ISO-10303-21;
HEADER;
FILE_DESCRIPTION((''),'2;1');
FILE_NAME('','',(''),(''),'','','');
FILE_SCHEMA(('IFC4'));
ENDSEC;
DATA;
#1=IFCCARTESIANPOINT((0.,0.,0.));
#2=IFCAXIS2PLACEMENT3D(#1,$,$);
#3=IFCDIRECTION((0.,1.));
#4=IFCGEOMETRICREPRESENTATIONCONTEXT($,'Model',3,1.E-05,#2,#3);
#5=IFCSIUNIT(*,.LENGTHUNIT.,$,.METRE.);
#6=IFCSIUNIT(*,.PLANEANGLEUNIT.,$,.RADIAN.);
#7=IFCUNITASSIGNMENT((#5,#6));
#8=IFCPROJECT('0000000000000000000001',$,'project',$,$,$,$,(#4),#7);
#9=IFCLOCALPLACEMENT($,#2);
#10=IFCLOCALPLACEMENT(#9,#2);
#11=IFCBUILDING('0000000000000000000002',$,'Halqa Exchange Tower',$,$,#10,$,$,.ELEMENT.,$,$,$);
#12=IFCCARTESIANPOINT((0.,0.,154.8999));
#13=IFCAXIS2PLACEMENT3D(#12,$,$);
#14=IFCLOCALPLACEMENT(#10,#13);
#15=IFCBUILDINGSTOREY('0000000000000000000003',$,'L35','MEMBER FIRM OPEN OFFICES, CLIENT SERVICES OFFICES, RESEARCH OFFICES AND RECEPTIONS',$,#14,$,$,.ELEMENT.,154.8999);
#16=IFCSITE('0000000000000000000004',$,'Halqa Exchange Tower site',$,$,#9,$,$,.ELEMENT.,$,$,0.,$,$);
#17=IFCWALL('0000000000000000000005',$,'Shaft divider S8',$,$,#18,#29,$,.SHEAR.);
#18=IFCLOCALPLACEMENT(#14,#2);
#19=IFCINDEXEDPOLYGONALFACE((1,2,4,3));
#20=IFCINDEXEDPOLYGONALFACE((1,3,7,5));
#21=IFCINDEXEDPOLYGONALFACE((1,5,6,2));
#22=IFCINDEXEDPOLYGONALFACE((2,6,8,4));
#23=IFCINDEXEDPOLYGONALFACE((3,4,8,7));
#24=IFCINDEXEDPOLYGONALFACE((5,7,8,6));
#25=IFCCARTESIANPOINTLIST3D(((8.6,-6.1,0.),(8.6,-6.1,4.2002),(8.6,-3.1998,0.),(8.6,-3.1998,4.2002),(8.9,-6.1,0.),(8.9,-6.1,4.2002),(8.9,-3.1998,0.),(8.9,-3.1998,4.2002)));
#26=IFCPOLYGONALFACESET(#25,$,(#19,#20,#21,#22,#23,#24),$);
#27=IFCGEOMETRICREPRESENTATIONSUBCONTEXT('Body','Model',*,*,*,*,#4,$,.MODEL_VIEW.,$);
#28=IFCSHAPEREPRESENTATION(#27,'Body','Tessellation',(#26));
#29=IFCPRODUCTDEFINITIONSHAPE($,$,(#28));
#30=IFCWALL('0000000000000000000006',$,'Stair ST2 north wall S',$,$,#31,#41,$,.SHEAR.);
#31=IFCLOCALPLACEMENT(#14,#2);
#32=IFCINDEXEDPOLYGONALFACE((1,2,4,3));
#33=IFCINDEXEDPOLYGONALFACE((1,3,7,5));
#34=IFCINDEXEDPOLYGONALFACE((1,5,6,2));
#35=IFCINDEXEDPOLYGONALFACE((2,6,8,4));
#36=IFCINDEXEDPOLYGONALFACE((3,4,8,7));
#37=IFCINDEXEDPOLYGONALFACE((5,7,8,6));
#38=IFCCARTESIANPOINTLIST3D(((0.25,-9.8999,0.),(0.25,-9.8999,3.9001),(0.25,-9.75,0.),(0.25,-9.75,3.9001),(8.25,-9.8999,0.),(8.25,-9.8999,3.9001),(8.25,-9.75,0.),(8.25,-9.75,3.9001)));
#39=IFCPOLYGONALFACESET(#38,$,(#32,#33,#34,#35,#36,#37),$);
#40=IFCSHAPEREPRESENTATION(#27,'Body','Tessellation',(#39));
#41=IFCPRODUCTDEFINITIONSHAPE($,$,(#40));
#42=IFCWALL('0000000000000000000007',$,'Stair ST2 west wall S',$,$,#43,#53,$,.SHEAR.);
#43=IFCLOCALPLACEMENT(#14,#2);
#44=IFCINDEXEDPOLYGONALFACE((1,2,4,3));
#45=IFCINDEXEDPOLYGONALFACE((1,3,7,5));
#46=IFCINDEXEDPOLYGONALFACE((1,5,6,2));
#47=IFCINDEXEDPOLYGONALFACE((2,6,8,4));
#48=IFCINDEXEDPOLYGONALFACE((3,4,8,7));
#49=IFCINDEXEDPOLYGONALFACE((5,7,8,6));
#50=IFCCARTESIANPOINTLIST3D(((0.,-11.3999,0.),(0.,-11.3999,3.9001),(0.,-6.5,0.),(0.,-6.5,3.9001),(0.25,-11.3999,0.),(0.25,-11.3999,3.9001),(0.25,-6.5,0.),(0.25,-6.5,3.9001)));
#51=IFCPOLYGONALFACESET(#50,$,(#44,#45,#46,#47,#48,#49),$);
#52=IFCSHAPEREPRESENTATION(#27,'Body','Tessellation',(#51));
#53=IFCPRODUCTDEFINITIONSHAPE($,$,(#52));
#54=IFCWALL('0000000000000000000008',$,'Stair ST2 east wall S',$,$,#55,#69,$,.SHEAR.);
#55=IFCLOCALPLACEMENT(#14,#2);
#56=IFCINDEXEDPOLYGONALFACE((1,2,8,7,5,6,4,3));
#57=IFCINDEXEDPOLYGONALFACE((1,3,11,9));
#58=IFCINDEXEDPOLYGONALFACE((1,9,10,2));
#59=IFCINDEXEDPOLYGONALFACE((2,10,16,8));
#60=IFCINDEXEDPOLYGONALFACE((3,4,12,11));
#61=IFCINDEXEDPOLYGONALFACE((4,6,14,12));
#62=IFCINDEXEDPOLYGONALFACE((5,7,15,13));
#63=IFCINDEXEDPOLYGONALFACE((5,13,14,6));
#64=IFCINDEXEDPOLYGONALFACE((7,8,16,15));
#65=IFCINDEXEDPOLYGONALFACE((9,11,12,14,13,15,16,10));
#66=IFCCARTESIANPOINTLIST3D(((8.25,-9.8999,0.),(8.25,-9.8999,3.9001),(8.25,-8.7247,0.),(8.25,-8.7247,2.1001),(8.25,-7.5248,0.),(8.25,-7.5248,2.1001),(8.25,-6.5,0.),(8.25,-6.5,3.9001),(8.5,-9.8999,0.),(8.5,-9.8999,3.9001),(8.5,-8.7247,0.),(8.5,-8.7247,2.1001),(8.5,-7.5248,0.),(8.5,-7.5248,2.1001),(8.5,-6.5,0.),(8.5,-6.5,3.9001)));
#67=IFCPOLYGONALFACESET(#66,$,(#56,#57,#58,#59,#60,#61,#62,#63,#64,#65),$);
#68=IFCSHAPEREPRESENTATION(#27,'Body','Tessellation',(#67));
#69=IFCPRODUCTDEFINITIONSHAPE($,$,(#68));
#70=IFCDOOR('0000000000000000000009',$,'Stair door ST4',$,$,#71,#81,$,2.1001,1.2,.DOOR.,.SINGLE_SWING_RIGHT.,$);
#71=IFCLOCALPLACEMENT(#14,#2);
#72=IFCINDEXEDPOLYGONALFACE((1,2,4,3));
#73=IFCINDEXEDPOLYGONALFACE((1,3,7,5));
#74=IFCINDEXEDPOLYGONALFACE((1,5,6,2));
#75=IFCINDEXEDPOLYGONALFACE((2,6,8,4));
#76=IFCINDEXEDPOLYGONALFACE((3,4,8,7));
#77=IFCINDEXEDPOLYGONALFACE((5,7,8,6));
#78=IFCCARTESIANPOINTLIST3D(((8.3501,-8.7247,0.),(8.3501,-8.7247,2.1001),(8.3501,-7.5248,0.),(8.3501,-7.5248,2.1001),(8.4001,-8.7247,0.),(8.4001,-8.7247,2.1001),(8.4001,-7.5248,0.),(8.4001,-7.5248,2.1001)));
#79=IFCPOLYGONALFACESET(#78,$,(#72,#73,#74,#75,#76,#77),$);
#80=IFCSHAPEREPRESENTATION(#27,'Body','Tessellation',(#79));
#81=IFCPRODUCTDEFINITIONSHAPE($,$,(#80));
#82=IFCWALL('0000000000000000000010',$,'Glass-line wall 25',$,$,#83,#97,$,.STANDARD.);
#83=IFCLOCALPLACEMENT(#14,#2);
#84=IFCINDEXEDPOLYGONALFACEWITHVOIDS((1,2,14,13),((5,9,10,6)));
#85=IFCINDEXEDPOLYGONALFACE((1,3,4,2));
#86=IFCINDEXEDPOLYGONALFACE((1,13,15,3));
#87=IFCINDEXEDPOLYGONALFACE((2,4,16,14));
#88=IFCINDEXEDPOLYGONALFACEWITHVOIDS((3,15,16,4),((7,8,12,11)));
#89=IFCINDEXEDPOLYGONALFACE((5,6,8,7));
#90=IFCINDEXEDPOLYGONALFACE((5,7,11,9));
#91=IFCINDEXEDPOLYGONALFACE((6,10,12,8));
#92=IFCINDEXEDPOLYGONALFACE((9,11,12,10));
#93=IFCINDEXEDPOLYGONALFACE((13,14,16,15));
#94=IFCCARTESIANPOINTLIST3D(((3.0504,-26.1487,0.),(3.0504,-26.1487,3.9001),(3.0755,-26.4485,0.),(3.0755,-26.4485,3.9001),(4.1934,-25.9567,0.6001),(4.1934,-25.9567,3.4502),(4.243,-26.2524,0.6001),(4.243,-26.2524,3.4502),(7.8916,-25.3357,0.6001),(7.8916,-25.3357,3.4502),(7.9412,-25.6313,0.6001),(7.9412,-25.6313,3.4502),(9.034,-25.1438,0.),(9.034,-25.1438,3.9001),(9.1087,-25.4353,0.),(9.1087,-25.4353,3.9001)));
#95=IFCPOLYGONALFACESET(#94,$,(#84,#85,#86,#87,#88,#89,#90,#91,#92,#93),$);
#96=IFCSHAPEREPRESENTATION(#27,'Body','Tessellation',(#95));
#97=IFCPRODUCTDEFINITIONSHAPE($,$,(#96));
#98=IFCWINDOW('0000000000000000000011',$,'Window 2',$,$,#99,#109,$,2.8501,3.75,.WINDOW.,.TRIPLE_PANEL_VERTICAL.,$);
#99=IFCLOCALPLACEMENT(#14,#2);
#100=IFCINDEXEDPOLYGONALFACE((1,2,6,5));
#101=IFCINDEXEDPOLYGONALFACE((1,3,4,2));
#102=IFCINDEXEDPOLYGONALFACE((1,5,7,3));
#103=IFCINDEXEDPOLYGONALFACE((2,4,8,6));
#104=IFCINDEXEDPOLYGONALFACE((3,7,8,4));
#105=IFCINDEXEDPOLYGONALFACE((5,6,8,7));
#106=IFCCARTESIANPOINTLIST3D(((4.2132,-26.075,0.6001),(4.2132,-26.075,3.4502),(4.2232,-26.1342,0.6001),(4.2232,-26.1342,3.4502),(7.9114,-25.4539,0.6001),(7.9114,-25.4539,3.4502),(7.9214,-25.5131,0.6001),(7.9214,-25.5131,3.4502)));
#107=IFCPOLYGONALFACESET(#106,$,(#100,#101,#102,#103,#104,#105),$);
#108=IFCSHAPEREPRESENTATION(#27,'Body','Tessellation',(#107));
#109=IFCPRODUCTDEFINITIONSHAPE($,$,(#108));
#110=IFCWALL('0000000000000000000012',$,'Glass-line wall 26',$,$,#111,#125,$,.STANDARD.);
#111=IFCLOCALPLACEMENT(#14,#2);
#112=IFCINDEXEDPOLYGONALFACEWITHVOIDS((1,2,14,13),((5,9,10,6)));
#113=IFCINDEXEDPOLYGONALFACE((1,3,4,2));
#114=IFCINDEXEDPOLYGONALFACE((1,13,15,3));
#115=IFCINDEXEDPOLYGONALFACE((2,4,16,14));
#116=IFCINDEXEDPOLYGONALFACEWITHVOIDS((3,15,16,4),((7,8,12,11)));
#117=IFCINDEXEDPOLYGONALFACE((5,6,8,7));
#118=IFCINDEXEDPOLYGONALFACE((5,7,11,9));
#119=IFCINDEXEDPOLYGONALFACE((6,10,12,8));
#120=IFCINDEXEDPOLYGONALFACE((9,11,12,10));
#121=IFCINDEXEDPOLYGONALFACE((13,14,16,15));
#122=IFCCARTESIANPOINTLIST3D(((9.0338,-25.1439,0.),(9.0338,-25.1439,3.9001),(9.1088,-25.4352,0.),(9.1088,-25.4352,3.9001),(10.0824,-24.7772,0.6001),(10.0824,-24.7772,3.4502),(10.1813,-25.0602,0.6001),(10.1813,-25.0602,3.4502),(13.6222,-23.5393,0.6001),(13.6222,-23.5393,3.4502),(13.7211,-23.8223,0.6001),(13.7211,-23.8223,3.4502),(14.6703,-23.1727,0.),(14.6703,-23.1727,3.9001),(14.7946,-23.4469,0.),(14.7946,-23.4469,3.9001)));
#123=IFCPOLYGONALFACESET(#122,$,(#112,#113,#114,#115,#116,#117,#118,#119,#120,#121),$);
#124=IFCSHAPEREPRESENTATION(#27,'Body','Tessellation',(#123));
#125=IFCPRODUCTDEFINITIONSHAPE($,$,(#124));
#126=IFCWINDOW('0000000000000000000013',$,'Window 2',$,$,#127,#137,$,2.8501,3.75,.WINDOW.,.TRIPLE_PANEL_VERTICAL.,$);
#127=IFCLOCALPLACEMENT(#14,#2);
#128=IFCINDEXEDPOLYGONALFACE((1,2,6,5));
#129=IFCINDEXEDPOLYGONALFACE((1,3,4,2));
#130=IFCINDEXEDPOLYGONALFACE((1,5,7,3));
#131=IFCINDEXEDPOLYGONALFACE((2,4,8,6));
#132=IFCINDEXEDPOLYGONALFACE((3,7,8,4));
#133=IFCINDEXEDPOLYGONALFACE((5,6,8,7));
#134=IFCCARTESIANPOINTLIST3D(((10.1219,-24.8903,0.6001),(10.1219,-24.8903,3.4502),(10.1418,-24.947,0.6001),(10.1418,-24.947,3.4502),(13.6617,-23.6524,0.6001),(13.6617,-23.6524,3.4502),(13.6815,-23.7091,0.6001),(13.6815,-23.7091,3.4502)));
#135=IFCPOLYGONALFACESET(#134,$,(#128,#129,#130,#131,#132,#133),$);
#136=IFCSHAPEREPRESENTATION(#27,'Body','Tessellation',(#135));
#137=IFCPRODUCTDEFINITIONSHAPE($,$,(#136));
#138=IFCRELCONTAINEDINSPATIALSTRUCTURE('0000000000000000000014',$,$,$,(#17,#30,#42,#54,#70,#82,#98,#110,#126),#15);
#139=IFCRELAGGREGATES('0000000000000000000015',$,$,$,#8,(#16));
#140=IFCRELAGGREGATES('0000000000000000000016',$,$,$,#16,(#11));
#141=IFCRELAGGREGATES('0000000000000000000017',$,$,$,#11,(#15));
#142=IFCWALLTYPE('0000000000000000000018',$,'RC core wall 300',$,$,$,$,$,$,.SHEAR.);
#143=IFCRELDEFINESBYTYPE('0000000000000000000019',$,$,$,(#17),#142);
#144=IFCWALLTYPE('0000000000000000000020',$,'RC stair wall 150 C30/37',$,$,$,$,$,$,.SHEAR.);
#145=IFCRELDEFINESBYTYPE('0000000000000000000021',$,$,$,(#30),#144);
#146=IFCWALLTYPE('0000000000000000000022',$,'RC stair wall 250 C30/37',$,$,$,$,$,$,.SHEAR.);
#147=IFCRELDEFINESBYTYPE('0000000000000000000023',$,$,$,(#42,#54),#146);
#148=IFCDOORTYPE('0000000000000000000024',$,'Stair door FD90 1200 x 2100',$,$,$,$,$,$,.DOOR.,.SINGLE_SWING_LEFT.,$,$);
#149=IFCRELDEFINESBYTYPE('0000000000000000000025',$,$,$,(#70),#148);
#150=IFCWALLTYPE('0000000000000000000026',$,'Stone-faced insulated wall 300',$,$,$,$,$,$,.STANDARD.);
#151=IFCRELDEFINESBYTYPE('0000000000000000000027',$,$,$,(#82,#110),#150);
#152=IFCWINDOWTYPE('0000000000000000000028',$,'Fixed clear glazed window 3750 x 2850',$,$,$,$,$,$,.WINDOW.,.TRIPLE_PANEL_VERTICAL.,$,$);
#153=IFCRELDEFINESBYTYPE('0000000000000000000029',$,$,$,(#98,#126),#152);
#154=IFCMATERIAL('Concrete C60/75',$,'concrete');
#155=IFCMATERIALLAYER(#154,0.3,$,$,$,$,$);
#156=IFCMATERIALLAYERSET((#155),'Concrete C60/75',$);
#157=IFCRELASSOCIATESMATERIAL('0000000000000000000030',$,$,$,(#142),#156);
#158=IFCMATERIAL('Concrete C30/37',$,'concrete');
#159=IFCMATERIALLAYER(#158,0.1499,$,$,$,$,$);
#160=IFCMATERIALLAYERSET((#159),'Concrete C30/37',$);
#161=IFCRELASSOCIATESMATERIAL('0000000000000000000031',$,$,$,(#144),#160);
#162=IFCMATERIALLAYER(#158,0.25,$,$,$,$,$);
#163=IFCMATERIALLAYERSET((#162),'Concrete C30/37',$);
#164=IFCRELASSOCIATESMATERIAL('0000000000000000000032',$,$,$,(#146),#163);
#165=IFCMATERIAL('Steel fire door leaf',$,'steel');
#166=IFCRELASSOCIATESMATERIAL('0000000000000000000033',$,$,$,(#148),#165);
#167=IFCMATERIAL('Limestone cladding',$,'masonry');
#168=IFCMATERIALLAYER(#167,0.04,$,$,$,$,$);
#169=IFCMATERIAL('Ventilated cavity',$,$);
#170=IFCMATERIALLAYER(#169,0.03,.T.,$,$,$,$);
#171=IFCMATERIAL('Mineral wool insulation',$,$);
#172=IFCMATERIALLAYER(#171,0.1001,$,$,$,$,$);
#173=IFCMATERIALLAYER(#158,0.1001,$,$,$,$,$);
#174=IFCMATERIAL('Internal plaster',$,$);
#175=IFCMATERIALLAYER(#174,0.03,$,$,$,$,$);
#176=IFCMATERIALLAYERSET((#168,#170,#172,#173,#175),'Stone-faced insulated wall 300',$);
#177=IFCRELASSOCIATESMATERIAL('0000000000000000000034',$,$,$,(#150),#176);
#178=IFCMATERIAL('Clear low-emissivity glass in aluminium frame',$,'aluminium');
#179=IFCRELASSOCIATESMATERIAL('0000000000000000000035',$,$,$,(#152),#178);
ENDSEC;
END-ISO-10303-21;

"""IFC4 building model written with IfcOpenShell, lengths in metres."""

from ifc_helpers import new_model, si_unit, direction, frame, frame_2d, origin, place, context, subcontext, project, spatial, polyline, rectangle, outline, extrude, material, layer, layer_set, type_object, element, fill, save


model = new_model("IFC4")

# Units and contexts
model_context = context("Model", 3, precision=1e-05, world=origin(), true_north=direction((0.0, 1.0)))
body_context = subcontext(model_context, "Body", "Model", "MODEL_VIEW")
ifc_project = project(units=[si_unit("LENGTHUNIT", "METRE"), si_unit("PLANEANGLEUNIT", "RADIAN")], contexts=[model_context])

# Site, building, storey
site_placement = place(None, origin())
site = spatial("IfcSite", under=ifc_project, at=site_placement, Name="Halqa Exchange Tower site", CompositionType="ELEMENT", RefElevation=0.0)
building_placement = place(site_placement, origin())
building = spatial("IfcBuilding", under=site, at=building_placement, Name="Halqa Exchange Tower", CompositionType="ELEMENT")
storey_placement = place(building_placement, frame((0.0, 0.0, 154.8999)))
storey = spatial("IfcBuildingStorey", under=building, at=storey_placement, Name="L35", Description="MEMBER FIRM OPEN OFFICES, CLIENT SERVICES OFFICES, RESEARCH OFFICES AND RECEPTIONS", CompositionType="ELEMENT", Elevation=154.8999)

# Shared definitions
ifc_material_1 = material(Name="Concrete C60/75", Category="concrete")

# Walls
ifc_layer_1 = layer(ifc_material_1, 0.3)
ifc_layer_set_1 = layer_set([ifc_layer_1], Name="Concrete C60/75")
wall_type_1 = type_object("IfcWallType", Name="RC core wall 300", PredefinedType="SHEAR", material=ifc_layer_set_1)
for number, where, z_axis, x_axis, name in (
    (1, (8.75, -6.1001, 0.0), (0.0, 0.0, 1.0), (0.0, 1.0, 0.0), "Shaft divider S8"),
):
    element("IfcWall", number, at=place(storey_placement, frame(where, z_axis=z_axis, x_axis=x_axis)), inside=storey, type_object=wall_type_1, Name=name, PredefinedType="SHEAR", context=body_context, shape_type="SweptSolid", body=[
        extrude(rectangle(XDim=2.9001, YDim=0.3, at=frame_2d((1.4502, 0.0))), origin(), (0.0, 0.0, 1.0), 4.2002),
    ])
ifc_material_2 = material(Name="Concrete C30/37", Category="concrete")
ifc_layer_2 = layer(ifc_material_2, 0.1499)
ifc_layer_set_2 = layer_set([ifc_layer_2], Name="Concrete C30/37")
wall_type_2 = type_object("IfcWallType", Name="RC stair wall 150 C30/37", PredefinedType="SHEAR", material=ifc_layer_set_2)
wall_1_placement = place(storey_placement, frame((0.25, -9.825, 0.0), z_axis=(0.0, 0.0, 1.0), x_axis=(1.0, 0.0, 0.0)))
element("IfcWall", 2, at=wall_1_placement, inside=storey, type_object=wall_type_2, Name="Stair ST2 north wall S", PredefinedType="SHEAR", context=body_context, shape_type="SweptSolid", body=[
    extrude(rectangle(XDim=8.0, YDim=0.1499, at=frame_2d((4.0, 0.0))), origin(), (0.0, 0.0, 1.0), 3.9001),
])
ifc_layer_3 = layer(ifc_material_2, 0.25)
ifc_layer_set_3 = layer_set([ifc_layer_3], Name="Concrete C30/37")
wall_type_3 = type_object("IfcWallType", Name="RC stair wall 250 C30/37", PredefinedType="SHEAR", material=ifc_layer_set_3)
wall_2_placement = place(storey_placement, frame((0.125, -11.3999, 0.0), z_axis=(0.0, 0.0, 1.0), x_axis=(0.0, 1.0, 0.0)))
element("IfcWall", 3, at=wall_2_placement, inside=storey, type_object=wall_type_3, Name="Stair ST2 west wall S", PredefinedType="SHEAR", context=body_context, shape_type="SweptSolid", body=[
    extrude(rectangle(XDim=4.8999, YDim=0.25, at=frame_2d((2.45, 0.0))), origin(), (0.0, 0.0, 1.0), 3.9001),
])

# Wall, opening, door
wall_3_placement = place(storey_placement, frame((8.375, -9.8999, 0.0), z_axis=(0.0, 0.0, 1.0), x_axis=(0.0, 1.0, 0.0)))
wall_3 = element("IfcWall", 4, at=wall_3_placement, inside=storey, type_object=wall_type_3, Name="Stair ST2 east wall S", PredefinedType="SHEAR", context=body_context, shape_type="SweptSolid", body=[
    extrude(rectangle(XDim=3.3999, YDim=0.25, at=frame_2d((1.7, 0.0))), origin(), (0.0, 0.0, 1.0), 3.9001),
])
opening_1_placement = place(wall_3_placement, frame((1.175, 0.0, 0.0)))
opening_1 = element("IfcOpeningElement", 5, at=opening_1_placement, cuts=wall_3, PredefinedType="OPENING", context=body_context, shape_type="SweptSolid", body=[
    extrude(rectangle(XDim=1.2, YDim=2.1001, at=frame_2d((0.6001, 1.05))), frame((0.0, 0.137, 0.0), z_axis=(0.0, -1.0, 0.0), x_axis=(1.0, 0.0, 0.0)), (0.0, 0.0, 1.0), 0.2739),
])
ifc_material_3 = material(Name="Steel fire door leaf", Category="steel")
door_type = type_object("IfcDoorType", Name="Stair door FD90 1200 x 2100", OperationType="SINGLE_SWING_LEFT", PredefinedType="DOOR", material=ifc_material_3)
door_placement = place(opening_1_placement, origin())
door = element("IfcDoor", 6, at=door_placement, inside=storey, type_object=door_type, Name="Stair door ST4", OperationType="SINGLE_SWING_RIGHT", OverallHeight=2.1001, OverallWidth=1.2, PredefinedType="DOOR", context=body_context, shape_type="SweptSolid", body=[
    extrude(rectangle(XDim=1.2, YDim=2.1001, at=frame_2d((0.6001, 1.05))), frame((0.0, 0.0249, 0.0), z_axis=(0.0, -1.0, 0.0), x_axis=(1.0, 0.0, 0.0)), (0.0, 0.0, 1.0), 0.05),
])
fill(opening_1, door)

# Walls, openings, windows
ifc_material_4 = material(Name="Limestone cladding", Category="masonry")
ifc_layer_4 = layer(ifc_material_4, 0.04)
ifc_material_5 = material(Name="Ventilated cavity")
ifc_layer_5 = layer(ifc_material_5, 0.03, ventilated=True)
ifc_material_6 = material(Name="Mineral wool insulation")
ifc_layer_6 = layer(ifc_material_6, 0.1001)
ifc_layer_7 = layer(ifc_material_2, 0.1001)
ifc_material_7 = material(Name="Internal plaster")
ifc_layer_8 = layer(ifc_material_7, 0.03)
ifc_layer_set_4 = layer_set([ifc_layer_4, ifc_layer_5, ifc_layer_6, ifc_layer_7, ifc_layer_8], Name="Stone-faced insulated wall 300")
wall_type_4 = type_object("IfcWallType", Name="Stone-faced insulated wall 300", PredefinedType="STANDARD", material=ifc_layer_set_4)
wall_4_placement = place(storey_placement, frame((3.063, -26.2986, 0.0), z_axis=(0.0, 0.0, 1.0), x_axis=(0.98619, 0.165621, 0.0)))
wall_4 = element("IfcWall", 7, at=wall_4_placement, inside=storey, type_object=wall_type_4, Name="Glass-line wall 25", PredefinedType="STANDARD", context=body_context, shape_type="SweptSolid", body=[
    extrude(outline(polyline([(-0.0125, -0.1499), (6.1052, -0.1499), (6.0798, 0.1499), (0.0125, 0.1499), (-0.0125, -0.1499)])), origin(), (0.0, 0.0, 1.0), 3.9001),
])
opening_2_placement = place(wall_4_placement, frame((1.1714, 0.0, 0.6001)))
opening_2 = element("IfcOpeningElement", 8, at=opening_2_placement, cuts=wall_4, PredefinedType="OPENING", context=body_context, shape_type="SweptSolid", body=[
    extrude(rectangle(XDim=3.75, YDim=2.8501, at=frame_2d((1.875, 1.425))), frame((0.0, 0.1621, 0.0), z_axis=(0.0, -1.0, 0.0), x_axis=(1.0, 0.0, 0.0)), (0.0, 0.0, 1.0), 0.324),
])
ifc_material_8 = material(Name="Clear low-emissivity glass in aluminium frame", Category="aluminium")
window_type = type_object("IfcWindowType", Name="Fixed clear glazed window 3750 x 2850", PartitioningType="TRIPLE_PANEL_VERTICAL", PredefinedType="WINDOW", material=ifc_material_8)
window_1_placement = place(opening_2_placement, origin())
window_1 = element("IfcWindow", 9, at=window_1_placement, inside=storey, type_object=window_type, Name="Window 2", OverallHeight=2.8501, OverallWidth=3.75, PartitioningType="TRIPLE_PANEL_VERTICAL", PredefinedType="WINDOW", context=body_context, shape_type="SweptSolid", body=[
    extrude(rectangle(XDim=3.75, YDim=2.8501, at=frame_2d((1.875, 1.425))), frame((0.0, 0.03, 0.0), z_axis=(0.0, -1.0, 0.0), x_axis=(1.0, 0.0, 0.0)), (0.0, 0.0, 1.0), 0.0601),
])
fill(opening_2, window_1)
wall_5_placement = place(storey_placement, frame((9.0713, -25.2896, 0.0), z_axis=(0.0, 0.0, 1.0), x_axis=(0.943945, 0.330104, 0.0)))
wall_5 = element("IfcWall", 10, at=wall_5_placement, inside=storey, type_object=wall_type_4, Name="Glass-line wall 26", PredefinedType="STANDARD", context=body_context, shape_type="SweptSolid", body=[
    extrude(outline(polyline([(-0.0127, -0.1499), (6.0107, -0.1499), (5.9839, 0.1499), (0.0127, 0.1499), (-0.0127, -0.1499)])), origin(), (0.0, 0.0, 1.0), 3.9001),
])
opening_3_placement = place(wall_5_placement, frame((1.1235, 0.0, 0.6001)))
opening_3 = element("IfcOpeningElement", 11, at=opening_3_placement, cuts=wall_5, PredefinedType="OPENING", context=body_context, shape_type="SweptSolid", body=[
    extrude(rectangle(XDim=3.75, YDim=2.8501, at=frame_2d((1.875, 1.425))), frame((0.0, 0.1621, 0.0), z_axis=(0.0, -1.0, 0.0), x_axis=(1.0, 0.0, 0.0)), (0.0, 0.0, 1.0), 0.324),
])
window_2_placement = place(opening_3_placement, origin())
window_2 = element("IfcWindow", 12, at=window_2_placement, inside=storey, type_object=window_type, Name="Window 2", OverallHeight=2.8501, OverallWidth=3.75, PartitioningType="TRIPLE_PANEL_VERTICAL", PredefinedType="WINDOW", context=body_context, shape_type="SweptSolid", body=[
    extrude(rectangle(XDim=3.75, YDim=2.8501, at=frame_2d((1.875, 1.425))), frame((0.0, 0.03, 0.0), z_axis=(0.0, -1.0, 0.0), x_axis=(1.0, 0.0, 0.0)), (0.0, 0.0, 1.0), 0.0601),
])
fill(opening_3, window_2)

save(model, "model.ifc")
